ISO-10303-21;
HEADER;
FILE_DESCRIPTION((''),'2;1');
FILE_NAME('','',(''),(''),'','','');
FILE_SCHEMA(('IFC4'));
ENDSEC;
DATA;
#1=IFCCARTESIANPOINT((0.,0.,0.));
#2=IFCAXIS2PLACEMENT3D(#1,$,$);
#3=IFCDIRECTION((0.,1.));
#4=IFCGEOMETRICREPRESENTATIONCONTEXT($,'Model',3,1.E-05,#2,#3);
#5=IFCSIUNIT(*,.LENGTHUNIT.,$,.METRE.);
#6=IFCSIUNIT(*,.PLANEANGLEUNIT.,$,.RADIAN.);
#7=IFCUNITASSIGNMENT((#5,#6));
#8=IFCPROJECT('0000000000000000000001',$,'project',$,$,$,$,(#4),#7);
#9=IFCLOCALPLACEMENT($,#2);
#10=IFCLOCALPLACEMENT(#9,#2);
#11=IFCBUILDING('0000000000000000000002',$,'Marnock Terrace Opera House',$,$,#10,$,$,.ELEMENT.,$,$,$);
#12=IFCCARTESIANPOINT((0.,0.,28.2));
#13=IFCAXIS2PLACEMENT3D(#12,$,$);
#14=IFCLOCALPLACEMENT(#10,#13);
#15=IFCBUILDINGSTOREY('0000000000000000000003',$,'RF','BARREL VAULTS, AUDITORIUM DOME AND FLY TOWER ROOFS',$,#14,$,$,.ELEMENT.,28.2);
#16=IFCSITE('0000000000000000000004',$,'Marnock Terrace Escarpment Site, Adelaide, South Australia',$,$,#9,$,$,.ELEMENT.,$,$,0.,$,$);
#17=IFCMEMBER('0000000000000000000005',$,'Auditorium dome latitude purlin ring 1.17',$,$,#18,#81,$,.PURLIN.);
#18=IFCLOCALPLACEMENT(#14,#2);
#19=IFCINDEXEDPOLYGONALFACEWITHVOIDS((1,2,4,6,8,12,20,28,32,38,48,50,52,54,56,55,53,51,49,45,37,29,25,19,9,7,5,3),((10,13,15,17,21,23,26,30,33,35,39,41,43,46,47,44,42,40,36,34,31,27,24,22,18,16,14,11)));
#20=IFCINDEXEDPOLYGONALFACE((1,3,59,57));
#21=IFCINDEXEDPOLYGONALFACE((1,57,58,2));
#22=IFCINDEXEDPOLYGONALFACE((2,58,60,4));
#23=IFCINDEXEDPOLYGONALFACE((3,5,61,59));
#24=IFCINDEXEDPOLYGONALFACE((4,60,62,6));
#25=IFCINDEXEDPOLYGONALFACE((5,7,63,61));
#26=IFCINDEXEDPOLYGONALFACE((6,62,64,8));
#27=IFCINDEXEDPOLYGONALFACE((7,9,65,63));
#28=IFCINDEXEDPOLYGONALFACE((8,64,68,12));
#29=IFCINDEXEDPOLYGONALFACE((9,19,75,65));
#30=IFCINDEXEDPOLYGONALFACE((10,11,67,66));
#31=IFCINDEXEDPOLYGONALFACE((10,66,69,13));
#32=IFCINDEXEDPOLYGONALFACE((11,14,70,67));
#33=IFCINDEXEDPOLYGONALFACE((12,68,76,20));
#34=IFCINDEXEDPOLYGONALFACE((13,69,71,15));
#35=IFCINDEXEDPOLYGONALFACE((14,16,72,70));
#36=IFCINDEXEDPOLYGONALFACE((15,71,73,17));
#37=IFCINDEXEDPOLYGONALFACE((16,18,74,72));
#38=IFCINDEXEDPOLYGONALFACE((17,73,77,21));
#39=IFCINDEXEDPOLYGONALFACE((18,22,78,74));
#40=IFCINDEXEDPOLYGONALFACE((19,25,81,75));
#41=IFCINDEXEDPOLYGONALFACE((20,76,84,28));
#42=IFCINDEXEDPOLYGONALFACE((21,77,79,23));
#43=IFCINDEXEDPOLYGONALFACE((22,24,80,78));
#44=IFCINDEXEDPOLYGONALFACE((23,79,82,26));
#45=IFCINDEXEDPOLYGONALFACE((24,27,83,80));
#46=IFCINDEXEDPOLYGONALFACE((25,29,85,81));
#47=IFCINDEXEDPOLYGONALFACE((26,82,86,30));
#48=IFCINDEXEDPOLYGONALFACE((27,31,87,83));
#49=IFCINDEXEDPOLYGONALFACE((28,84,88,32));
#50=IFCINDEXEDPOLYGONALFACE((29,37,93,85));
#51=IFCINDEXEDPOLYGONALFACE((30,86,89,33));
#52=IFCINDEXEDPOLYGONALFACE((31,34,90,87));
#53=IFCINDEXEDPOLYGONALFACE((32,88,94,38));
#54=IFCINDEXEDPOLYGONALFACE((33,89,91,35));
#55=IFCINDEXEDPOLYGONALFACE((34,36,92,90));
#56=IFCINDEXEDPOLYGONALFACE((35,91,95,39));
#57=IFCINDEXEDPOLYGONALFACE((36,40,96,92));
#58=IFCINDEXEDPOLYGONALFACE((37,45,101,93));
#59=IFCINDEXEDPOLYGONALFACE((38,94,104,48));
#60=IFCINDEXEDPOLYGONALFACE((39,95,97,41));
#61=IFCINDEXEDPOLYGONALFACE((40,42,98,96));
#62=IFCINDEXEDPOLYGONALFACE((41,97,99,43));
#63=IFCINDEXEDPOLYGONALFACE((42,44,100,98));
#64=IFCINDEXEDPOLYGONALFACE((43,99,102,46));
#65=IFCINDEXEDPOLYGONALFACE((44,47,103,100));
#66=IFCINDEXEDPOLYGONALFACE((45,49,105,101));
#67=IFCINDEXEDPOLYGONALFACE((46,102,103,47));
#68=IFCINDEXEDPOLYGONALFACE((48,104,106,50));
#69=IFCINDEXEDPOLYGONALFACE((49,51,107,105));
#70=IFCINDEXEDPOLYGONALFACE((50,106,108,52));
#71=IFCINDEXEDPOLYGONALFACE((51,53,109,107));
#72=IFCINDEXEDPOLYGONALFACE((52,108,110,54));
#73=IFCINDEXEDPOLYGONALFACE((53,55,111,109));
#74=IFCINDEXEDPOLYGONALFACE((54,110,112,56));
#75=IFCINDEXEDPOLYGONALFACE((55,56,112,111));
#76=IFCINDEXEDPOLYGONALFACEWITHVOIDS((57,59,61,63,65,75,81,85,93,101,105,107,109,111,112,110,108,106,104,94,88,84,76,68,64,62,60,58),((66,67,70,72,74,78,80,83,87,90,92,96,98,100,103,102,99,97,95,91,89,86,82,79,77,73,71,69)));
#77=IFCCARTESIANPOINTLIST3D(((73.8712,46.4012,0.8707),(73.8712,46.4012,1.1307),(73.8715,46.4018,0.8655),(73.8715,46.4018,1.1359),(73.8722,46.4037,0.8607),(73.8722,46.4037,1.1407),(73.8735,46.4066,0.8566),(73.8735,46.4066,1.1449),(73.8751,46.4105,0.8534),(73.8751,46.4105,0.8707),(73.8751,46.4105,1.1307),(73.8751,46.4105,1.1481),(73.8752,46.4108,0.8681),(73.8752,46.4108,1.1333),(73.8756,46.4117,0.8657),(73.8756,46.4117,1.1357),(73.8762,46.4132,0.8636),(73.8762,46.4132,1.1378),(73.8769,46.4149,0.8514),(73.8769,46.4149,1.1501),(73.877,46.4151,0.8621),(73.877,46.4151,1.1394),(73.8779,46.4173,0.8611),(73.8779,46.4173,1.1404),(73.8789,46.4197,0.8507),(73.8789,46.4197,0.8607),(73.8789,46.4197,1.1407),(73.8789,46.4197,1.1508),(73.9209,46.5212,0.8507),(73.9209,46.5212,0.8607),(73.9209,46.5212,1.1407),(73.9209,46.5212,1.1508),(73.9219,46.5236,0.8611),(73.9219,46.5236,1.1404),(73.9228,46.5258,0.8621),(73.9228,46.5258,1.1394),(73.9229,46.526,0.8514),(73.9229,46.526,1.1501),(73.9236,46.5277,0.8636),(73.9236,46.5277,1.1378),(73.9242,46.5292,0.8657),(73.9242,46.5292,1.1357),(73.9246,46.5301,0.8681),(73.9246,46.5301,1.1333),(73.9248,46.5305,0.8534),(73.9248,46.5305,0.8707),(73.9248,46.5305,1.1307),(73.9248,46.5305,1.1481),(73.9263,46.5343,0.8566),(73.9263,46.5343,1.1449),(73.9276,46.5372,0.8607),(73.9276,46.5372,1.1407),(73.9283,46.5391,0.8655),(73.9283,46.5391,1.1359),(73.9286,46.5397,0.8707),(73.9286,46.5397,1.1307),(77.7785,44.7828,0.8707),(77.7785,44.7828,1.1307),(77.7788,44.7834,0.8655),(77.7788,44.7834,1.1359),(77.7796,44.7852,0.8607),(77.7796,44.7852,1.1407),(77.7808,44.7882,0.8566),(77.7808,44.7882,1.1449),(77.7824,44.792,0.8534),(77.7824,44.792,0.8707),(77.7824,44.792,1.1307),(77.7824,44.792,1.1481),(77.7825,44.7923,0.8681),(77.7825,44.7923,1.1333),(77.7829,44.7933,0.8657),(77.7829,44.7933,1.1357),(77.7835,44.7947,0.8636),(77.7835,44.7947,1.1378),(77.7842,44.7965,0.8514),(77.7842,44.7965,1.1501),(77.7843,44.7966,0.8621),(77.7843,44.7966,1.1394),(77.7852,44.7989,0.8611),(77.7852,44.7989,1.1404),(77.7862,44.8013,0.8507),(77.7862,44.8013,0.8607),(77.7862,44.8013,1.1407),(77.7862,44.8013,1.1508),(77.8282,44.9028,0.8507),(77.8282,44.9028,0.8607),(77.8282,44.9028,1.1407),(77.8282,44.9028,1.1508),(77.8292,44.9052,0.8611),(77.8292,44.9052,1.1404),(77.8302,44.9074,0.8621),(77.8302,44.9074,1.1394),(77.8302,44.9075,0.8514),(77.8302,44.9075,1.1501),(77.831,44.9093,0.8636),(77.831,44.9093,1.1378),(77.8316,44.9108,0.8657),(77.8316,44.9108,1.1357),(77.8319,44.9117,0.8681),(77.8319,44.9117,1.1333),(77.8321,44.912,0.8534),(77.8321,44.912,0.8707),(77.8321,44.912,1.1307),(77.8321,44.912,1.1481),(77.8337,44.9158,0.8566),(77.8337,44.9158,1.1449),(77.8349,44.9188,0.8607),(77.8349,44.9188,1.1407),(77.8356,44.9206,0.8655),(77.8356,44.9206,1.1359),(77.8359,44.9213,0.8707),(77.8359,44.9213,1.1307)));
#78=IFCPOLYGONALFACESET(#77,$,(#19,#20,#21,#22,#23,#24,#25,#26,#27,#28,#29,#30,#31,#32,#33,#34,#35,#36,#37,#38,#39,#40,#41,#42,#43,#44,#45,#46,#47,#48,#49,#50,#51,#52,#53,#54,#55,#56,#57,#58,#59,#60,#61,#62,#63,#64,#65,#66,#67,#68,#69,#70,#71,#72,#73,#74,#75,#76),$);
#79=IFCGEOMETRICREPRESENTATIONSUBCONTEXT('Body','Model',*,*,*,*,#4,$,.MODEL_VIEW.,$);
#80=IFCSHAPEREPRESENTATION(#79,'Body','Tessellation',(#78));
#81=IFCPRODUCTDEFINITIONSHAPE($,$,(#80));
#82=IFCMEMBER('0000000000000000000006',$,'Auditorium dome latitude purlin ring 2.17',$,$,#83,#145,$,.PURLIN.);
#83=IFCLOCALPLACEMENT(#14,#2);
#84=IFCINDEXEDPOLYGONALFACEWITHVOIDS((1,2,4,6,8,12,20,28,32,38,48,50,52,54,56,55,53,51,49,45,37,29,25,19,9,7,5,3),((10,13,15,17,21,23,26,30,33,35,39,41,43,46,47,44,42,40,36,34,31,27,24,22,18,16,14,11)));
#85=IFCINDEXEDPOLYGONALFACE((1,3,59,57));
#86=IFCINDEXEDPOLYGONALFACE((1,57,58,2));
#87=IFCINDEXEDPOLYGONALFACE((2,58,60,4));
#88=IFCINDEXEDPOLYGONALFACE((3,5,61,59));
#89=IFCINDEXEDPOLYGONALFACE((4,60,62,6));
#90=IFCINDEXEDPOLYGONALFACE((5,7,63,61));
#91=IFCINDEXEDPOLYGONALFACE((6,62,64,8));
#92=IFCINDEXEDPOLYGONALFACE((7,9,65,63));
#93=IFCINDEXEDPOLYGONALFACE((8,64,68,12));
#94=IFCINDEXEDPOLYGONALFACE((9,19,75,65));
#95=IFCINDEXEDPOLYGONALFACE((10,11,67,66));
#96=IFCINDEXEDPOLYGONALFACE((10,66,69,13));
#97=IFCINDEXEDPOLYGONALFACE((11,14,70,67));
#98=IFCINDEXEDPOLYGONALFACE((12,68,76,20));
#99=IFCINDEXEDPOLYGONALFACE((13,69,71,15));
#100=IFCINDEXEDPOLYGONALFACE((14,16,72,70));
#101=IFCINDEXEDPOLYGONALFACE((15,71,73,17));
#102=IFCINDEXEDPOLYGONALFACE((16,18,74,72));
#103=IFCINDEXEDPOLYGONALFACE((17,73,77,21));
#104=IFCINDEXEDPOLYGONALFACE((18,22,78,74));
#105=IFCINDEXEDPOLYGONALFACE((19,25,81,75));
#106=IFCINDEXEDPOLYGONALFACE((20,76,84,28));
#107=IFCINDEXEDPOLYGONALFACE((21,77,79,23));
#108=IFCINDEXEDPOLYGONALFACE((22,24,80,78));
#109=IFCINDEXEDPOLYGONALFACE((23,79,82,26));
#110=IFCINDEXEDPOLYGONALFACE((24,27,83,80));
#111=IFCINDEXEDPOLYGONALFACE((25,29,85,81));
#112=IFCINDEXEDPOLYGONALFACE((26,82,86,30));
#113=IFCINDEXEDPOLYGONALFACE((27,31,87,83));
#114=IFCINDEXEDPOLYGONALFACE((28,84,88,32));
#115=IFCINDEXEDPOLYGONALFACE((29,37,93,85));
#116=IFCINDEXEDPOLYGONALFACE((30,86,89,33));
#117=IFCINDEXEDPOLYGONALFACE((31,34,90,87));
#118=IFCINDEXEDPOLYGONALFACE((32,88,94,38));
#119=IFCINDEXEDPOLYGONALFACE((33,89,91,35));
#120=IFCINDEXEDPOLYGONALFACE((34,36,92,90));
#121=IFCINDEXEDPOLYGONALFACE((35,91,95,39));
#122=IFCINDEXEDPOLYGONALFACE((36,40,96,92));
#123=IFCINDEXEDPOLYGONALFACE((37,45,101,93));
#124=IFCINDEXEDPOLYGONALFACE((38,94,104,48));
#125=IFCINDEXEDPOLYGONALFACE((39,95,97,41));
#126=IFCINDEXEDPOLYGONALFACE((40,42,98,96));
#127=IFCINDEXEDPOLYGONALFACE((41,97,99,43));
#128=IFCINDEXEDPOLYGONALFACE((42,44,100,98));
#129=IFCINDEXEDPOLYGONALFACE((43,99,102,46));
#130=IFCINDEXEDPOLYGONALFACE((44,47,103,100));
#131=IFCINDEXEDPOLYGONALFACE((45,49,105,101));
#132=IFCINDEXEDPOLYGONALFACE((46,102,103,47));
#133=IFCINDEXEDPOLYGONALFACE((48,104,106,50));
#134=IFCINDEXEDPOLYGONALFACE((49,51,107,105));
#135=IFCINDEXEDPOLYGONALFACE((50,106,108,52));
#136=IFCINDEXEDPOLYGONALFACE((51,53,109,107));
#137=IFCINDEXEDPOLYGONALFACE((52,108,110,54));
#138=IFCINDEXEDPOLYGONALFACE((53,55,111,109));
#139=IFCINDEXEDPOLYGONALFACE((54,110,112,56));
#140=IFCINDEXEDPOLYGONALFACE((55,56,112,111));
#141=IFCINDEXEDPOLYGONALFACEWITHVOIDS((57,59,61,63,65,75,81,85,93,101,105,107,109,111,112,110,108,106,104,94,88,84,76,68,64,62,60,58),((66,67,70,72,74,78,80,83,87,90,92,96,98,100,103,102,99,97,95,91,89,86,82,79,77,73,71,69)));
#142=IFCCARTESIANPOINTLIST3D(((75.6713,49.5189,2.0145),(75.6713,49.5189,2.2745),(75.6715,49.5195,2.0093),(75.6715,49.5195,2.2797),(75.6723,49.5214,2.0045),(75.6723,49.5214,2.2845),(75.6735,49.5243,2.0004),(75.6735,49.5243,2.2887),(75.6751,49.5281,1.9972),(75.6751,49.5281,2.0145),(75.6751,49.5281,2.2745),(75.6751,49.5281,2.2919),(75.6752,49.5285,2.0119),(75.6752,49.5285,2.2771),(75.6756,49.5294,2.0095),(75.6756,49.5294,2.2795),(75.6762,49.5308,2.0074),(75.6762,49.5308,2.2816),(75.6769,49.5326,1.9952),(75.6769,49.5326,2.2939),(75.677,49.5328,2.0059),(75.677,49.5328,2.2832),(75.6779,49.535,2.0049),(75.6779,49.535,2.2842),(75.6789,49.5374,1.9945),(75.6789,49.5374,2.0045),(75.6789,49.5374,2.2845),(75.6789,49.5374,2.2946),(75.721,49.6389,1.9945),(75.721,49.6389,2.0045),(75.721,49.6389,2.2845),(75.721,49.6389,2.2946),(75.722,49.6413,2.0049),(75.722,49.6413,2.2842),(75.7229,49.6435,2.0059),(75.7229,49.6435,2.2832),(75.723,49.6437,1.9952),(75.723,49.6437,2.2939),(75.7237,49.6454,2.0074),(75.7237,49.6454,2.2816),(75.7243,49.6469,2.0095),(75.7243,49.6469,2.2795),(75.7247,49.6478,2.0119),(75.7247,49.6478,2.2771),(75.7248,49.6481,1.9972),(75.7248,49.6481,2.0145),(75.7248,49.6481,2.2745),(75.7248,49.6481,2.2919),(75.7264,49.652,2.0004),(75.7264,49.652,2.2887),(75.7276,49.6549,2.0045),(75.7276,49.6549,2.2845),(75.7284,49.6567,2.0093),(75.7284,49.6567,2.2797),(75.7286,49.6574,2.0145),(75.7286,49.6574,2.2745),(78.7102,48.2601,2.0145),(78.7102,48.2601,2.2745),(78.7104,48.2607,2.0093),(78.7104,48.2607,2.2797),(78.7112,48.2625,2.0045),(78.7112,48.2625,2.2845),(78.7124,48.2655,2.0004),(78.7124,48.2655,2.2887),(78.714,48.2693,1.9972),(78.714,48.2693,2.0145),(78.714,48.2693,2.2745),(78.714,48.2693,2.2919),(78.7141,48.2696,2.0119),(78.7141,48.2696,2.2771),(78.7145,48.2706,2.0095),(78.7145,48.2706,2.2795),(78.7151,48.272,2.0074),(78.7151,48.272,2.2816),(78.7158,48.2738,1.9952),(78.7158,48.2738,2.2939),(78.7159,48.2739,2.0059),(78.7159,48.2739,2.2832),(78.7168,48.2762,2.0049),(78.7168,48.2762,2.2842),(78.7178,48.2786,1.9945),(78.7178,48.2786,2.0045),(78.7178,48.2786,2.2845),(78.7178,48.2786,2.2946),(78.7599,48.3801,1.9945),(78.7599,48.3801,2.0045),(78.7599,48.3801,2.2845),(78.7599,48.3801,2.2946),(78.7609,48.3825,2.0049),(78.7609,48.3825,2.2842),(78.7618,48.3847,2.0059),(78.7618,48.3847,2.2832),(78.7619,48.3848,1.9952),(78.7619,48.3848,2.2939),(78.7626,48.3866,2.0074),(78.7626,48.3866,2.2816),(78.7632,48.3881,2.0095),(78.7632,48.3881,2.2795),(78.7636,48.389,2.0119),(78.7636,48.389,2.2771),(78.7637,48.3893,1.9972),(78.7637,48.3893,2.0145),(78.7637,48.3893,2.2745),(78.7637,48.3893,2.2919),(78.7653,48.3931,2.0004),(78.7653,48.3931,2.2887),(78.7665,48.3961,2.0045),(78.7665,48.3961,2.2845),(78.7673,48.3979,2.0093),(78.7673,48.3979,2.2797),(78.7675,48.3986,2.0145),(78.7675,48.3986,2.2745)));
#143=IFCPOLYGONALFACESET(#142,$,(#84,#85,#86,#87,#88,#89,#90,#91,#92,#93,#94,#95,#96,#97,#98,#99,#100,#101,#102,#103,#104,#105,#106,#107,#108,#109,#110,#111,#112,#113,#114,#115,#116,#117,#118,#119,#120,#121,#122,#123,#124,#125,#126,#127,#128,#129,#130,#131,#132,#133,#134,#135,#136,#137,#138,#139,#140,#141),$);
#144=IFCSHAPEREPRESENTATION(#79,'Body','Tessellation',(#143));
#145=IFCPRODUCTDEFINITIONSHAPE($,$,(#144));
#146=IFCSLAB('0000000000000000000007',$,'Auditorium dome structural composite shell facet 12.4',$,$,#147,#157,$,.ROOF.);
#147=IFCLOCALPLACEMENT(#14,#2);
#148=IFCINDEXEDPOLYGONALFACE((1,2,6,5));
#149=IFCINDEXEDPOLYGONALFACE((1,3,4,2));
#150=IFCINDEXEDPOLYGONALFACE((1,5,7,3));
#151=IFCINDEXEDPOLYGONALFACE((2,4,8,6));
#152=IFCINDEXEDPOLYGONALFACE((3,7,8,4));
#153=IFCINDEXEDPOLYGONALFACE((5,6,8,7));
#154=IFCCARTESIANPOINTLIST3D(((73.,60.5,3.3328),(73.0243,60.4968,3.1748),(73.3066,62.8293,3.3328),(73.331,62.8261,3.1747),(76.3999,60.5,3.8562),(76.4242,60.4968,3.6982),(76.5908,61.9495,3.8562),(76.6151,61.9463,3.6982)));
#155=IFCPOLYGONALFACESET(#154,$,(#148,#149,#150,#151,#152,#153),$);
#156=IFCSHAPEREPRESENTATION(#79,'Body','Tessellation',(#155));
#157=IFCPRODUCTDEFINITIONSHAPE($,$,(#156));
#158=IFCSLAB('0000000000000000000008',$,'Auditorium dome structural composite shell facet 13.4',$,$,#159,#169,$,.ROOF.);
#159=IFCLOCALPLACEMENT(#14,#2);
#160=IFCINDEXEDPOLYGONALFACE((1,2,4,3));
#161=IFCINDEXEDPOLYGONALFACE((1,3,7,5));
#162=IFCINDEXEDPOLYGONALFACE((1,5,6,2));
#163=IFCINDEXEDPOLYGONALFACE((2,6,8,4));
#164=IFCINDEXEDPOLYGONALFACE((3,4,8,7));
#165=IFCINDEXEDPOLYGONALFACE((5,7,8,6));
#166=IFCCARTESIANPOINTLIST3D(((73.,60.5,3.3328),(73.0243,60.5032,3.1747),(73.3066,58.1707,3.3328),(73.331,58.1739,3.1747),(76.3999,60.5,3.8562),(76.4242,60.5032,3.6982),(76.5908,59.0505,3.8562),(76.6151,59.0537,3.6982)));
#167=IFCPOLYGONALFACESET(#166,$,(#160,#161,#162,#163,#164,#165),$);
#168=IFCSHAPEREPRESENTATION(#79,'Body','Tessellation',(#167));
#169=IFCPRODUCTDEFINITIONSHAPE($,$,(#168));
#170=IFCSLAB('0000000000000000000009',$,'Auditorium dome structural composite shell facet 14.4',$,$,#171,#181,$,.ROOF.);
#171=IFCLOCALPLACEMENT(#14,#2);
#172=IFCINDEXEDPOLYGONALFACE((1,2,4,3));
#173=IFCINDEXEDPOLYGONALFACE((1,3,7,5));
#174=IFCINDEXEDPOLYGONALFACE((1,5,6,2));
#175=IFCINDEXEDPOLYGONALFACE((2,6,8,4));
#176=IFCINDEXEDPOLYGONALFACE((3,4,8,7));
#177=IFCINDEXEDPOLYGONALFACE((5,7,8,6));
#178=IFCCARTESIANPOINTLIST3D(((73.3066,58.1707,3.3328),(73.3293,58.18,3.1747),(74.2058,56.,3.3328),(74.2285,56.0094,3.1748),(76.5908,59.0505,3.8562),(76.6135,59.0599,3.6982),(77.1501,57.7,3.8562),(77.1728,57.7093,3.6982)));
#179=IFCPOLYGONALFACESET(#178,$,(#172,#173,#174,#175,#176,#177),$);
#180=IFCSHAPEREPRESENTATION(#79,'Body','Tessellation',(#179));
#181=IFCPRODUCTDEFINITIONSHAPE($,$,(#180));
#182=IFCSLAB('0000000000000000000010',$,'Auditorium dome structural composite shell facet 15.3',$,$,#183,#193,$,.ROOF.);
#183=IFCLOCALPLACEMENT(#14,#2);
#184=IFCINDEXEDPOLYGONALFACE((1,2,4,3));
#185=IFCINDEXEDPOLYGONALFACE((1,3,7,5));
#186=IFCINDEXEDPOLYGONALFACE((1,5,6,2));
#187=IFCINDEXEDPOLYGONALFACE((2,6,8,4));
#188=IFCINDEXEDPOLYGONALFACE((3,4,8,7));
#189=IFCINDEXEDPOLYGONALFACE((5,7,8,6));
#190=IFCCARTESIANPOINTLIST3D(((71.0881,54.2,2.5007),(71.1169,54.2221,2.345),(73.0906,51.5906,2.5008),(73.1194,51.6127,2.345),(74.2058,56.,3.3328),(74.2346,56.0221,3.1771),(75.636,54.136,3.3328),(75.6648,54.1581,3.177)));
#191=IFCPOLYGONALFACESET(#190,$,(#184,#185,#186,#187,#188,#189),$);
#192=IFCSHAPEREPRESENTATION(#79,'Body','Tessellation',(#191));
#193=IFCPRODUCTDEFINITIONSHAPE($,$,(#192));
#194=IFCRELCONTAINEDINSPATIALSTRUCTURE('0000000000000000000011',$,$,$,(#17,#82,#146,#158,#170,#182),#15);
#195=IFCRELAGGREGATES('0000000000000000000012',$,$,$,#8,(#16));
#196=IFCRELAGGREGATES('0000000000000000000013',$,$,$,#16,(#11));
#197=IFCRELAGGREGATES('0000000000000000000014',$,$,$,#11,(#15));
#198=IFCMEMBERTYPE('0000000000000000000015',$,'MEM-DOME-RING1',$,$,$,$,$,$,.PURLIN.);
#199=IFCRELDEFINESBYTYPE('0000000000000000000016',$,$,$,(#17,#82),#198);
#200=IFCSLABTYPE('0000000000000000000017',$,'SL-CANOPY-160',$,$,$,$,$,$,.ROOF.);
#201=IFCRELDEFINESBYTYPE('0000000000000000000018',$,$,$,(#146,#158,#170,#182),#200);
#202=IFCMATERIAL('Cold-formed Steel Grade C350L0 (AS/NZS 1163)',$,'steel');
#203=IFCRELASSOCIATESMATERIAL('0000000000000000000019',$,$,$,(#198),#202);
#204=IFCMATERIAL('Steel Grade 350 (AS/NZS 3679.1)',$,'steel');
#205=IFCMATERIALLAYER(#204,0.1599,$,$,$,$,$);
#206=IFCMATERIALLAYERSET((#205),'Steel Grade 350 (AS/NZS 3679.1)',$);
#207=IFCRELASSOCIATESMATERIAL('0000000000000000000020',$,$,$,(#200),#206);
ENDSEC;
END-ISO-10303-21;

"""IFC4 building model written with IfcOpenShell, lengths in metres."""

from ifc_helpers import new_model, si_unit, direction, frame, origin, origin_2d, place, context, subcontext, project, spatial, polyline, hollow_rectangle, outline, extrude, material, layer, layer_set, material_profile, profile_set, type_object, element, save


model = new_model("IFC4")

# Units and contexts
model_context = context("Model", 3, precision=1e-05, world=origin(), true_north=direction((0.0, 1.0)))
body_context = subcontext(model_context, "Body", "Model", "MODEL_VIEW")
ifc_project = project(units=[si_unit("LENGTHUNIT", "METRE"), si_unit("PLANEANGLEUNIT", "RADIAN")], contexts=[model_context])

# Site, building, storey
site_placement = place(None, origin())
site = spatial("IfcSite", under=ifc_project, at=site_placement, Name="Marnock Terrace Escarpment Site, Adelaide, South Australia", CompositionType="ELEMENT", RefElevation=0.0)
building_placement = place(site_placement, origin())
building = spatial("IfcBuilding", under=site, at=building_placement, Name="Marnock Terrace Opera House", CompositionType="ELEMENT")
storey_placement = place(building_placement, frame((0.0, 0.0, 28.2)))
storey = spatial("IfcBuildingStorey", under=building, at=storey_placement, Name="RF", Description="BARREL VAULTS, AUDITORIUM DOME AND FLY TOWER ROOFS", CompositionType="ELEMENT", Elevation=28.2)

# Members
ifc_material_1 = material(Name="Cold-formed Steel Grade C350L0 (AS/NZS 1163)", Category="steel")
ifc_material_profile_1 = material_profile(ifc_material_1, hollow_rectangle(XDim=0.1499, YDim=0.3, WallThickness=0.01, InnerFilletRadius=0.01, OuterFilletRadius=0.02, at=origin_2d()))
ifc_profile_set_1 = profile_set([ifc_material_profile_1], Name="Cold-formed Steel Grade C350L0 (AS/NZS 1163)")
member_type_1 = type_object("IfcMemberType", Name="MEM-DOME-RING1", PredefinedType="PURLIN", material=ifc_profile_set_1)
member_1_placement = place(storey_placement, frame((73.8999, 46.4705, 1.0007), z_axis=(0.923881, -0.38268, 0.0), x_axis=(0.38268, 0.923881, 0.0)))
element("IfcMember", 1, at=member_1_placement, inside=storey, type_object=member_type_1, Name="Auditorium dome latitude purlin ring 1.17", PredefinedType="PURLIN", context=body_context, shape_type="SweptSolid", body=[
    extrude(hollow_rectangle(XDim=0.1499, YDim=0.3, WallThickness=0.01, InnerFilletRadius=0.01, OuterFilletRadius=0.02, at=origin_2d()), origin(), (0.0, 0.0, 1.0), 4.2292),
])
member_2_placement = place(storey_placement, frame((75.7, 49.5881, 2.1445), z_axis=(0.923872, -0.382701, 0.0), x_axis=(0.382701, 0.923872, 0.0)))
element("IfcMember", 2, at=member_2_placement, inside=storey, type_object=member_type_1, Name="Auditorium dome latitude purlin ring 2.17", PredefinedType="PURLIN", context=body_context, shape_type="SweptSolid", body=[
    extrude(hollow_rectangle(XDim=0.1499, YDim=0.3, WallThickness=0.01, InnerFilletRadius=0.01, OuterFilletRadius=0.02, at=origin_2d()), origin(), (0.0, 0.0, 1.0), 3.2893),
])

# Slabs
ifc_material_2 = material(Name="Steel Grade 350 (AS/NZS 3679.1)", Category="steel")
ifc_layer_1 = layer(ifc_material_2, 0.1599)
ifc_layer_set_1 = layer_set([ifc_layer_1], Name="Steel Grade 350 (AS/NZS 3679.1)")
slab_type = type_object("IfcSlabType", Name="SL-CANOPY-160", PredefinedType="ROOF", material=ifc_layer_set_1)
slab_1_placement = place(storey_placement, frame((73.3066, 62.8293, 3.3328), z_axis=(-0.15213, 0.020031, 0.988157), x_axis=(-0.130517, -0.991446, 0.000004)))
element("IfcSlab", 3, at=slab_1_placement, inside=storey, type_object=slab_type, Name="Auditorium dome structural composite shell facet 12.4", PredefinedType="ROOF", context=body_context, shape_type="SweptSolid", body=[
    extrude(outline(polyline([(0.0, 0.0), (2.3494, 0.0), (1.9057, 3.4112), (0.4437, 3.4113), (0.0, 0.0)])), origin(), (0.0, 0.0, -1.0), 0.1599),
])
slab_2_placement = place(storey_placement, frame((73.0, 60.5, 3.3328), z_axis=(-0.15213, -0.020031, 0.988157), x_axis=(0.130517, -0.991446, -0.000004)))
element("IfcSlab", 4, at=slab_2_placement, inside=storey, type_object=slab_type, Name="Auditorium dome structural composite shell facet 13.4", PredefinedType="ROOF", context=body_context, shape_type="SweptSolid", body=[
    extrude(outline(polyline([(0.0, 0.0), (2.3494, 0.0), (1.9057, 3.4113), (0.4437, 3.4112), (0.0, 0.0)])), origin(), (0.0, 0.0, -1.0), 0.1599),
])
slab_3_placement = place(storey_placement, frame((73.3066, 58.1707, 3.3328), z_axis=(-0.141766, -0.058719, 0.988157), x_axis=(0.382703, -0.923871, 0.000005)))
element("IfcSlab", 5, at=slab_3_placement, inside=storey, type_object=slab_type, Name="Auditorium dome structural composite shell facet 14.4", PredefinedType="ROOF", context=body_context, shape_type="SweptSolid", body=[
    extrude(outline(polyline([(0.0, 0.0), (2.3495, 0.0), (1.9058, 3.4112), (0.444, 3.4113), (0.0, 0.0)])), origin(), (0.0, 0.0, -1.0), 0.1599),
])
slab_4_placement = place(storey_placement, frame((71.0881, 54.2, 2.5007), z_axis=(-0.180117, -0.138211, 0.973887), x_axis=(0.608798, -0.793326, 0.000009)))
element("IfcSlab", 6, at=slab_4_placement, inside=storey, type_object=slab_type, Name="Auditorium dome structural composite shell facet 15.3", PredefinedType="ROOF", context=body_context, shape_type="SweptSolid", body=[
    extrude(outline(polyline([(0.0, 0.0), (3.2892, 0.0), (2.8195, 3.6647), (0.47, 3.6649), (0.0, 0.0)])), origin(), (0.0, 0.0, -1.0), 0.1599),
])

save(model, "model.ifc")
